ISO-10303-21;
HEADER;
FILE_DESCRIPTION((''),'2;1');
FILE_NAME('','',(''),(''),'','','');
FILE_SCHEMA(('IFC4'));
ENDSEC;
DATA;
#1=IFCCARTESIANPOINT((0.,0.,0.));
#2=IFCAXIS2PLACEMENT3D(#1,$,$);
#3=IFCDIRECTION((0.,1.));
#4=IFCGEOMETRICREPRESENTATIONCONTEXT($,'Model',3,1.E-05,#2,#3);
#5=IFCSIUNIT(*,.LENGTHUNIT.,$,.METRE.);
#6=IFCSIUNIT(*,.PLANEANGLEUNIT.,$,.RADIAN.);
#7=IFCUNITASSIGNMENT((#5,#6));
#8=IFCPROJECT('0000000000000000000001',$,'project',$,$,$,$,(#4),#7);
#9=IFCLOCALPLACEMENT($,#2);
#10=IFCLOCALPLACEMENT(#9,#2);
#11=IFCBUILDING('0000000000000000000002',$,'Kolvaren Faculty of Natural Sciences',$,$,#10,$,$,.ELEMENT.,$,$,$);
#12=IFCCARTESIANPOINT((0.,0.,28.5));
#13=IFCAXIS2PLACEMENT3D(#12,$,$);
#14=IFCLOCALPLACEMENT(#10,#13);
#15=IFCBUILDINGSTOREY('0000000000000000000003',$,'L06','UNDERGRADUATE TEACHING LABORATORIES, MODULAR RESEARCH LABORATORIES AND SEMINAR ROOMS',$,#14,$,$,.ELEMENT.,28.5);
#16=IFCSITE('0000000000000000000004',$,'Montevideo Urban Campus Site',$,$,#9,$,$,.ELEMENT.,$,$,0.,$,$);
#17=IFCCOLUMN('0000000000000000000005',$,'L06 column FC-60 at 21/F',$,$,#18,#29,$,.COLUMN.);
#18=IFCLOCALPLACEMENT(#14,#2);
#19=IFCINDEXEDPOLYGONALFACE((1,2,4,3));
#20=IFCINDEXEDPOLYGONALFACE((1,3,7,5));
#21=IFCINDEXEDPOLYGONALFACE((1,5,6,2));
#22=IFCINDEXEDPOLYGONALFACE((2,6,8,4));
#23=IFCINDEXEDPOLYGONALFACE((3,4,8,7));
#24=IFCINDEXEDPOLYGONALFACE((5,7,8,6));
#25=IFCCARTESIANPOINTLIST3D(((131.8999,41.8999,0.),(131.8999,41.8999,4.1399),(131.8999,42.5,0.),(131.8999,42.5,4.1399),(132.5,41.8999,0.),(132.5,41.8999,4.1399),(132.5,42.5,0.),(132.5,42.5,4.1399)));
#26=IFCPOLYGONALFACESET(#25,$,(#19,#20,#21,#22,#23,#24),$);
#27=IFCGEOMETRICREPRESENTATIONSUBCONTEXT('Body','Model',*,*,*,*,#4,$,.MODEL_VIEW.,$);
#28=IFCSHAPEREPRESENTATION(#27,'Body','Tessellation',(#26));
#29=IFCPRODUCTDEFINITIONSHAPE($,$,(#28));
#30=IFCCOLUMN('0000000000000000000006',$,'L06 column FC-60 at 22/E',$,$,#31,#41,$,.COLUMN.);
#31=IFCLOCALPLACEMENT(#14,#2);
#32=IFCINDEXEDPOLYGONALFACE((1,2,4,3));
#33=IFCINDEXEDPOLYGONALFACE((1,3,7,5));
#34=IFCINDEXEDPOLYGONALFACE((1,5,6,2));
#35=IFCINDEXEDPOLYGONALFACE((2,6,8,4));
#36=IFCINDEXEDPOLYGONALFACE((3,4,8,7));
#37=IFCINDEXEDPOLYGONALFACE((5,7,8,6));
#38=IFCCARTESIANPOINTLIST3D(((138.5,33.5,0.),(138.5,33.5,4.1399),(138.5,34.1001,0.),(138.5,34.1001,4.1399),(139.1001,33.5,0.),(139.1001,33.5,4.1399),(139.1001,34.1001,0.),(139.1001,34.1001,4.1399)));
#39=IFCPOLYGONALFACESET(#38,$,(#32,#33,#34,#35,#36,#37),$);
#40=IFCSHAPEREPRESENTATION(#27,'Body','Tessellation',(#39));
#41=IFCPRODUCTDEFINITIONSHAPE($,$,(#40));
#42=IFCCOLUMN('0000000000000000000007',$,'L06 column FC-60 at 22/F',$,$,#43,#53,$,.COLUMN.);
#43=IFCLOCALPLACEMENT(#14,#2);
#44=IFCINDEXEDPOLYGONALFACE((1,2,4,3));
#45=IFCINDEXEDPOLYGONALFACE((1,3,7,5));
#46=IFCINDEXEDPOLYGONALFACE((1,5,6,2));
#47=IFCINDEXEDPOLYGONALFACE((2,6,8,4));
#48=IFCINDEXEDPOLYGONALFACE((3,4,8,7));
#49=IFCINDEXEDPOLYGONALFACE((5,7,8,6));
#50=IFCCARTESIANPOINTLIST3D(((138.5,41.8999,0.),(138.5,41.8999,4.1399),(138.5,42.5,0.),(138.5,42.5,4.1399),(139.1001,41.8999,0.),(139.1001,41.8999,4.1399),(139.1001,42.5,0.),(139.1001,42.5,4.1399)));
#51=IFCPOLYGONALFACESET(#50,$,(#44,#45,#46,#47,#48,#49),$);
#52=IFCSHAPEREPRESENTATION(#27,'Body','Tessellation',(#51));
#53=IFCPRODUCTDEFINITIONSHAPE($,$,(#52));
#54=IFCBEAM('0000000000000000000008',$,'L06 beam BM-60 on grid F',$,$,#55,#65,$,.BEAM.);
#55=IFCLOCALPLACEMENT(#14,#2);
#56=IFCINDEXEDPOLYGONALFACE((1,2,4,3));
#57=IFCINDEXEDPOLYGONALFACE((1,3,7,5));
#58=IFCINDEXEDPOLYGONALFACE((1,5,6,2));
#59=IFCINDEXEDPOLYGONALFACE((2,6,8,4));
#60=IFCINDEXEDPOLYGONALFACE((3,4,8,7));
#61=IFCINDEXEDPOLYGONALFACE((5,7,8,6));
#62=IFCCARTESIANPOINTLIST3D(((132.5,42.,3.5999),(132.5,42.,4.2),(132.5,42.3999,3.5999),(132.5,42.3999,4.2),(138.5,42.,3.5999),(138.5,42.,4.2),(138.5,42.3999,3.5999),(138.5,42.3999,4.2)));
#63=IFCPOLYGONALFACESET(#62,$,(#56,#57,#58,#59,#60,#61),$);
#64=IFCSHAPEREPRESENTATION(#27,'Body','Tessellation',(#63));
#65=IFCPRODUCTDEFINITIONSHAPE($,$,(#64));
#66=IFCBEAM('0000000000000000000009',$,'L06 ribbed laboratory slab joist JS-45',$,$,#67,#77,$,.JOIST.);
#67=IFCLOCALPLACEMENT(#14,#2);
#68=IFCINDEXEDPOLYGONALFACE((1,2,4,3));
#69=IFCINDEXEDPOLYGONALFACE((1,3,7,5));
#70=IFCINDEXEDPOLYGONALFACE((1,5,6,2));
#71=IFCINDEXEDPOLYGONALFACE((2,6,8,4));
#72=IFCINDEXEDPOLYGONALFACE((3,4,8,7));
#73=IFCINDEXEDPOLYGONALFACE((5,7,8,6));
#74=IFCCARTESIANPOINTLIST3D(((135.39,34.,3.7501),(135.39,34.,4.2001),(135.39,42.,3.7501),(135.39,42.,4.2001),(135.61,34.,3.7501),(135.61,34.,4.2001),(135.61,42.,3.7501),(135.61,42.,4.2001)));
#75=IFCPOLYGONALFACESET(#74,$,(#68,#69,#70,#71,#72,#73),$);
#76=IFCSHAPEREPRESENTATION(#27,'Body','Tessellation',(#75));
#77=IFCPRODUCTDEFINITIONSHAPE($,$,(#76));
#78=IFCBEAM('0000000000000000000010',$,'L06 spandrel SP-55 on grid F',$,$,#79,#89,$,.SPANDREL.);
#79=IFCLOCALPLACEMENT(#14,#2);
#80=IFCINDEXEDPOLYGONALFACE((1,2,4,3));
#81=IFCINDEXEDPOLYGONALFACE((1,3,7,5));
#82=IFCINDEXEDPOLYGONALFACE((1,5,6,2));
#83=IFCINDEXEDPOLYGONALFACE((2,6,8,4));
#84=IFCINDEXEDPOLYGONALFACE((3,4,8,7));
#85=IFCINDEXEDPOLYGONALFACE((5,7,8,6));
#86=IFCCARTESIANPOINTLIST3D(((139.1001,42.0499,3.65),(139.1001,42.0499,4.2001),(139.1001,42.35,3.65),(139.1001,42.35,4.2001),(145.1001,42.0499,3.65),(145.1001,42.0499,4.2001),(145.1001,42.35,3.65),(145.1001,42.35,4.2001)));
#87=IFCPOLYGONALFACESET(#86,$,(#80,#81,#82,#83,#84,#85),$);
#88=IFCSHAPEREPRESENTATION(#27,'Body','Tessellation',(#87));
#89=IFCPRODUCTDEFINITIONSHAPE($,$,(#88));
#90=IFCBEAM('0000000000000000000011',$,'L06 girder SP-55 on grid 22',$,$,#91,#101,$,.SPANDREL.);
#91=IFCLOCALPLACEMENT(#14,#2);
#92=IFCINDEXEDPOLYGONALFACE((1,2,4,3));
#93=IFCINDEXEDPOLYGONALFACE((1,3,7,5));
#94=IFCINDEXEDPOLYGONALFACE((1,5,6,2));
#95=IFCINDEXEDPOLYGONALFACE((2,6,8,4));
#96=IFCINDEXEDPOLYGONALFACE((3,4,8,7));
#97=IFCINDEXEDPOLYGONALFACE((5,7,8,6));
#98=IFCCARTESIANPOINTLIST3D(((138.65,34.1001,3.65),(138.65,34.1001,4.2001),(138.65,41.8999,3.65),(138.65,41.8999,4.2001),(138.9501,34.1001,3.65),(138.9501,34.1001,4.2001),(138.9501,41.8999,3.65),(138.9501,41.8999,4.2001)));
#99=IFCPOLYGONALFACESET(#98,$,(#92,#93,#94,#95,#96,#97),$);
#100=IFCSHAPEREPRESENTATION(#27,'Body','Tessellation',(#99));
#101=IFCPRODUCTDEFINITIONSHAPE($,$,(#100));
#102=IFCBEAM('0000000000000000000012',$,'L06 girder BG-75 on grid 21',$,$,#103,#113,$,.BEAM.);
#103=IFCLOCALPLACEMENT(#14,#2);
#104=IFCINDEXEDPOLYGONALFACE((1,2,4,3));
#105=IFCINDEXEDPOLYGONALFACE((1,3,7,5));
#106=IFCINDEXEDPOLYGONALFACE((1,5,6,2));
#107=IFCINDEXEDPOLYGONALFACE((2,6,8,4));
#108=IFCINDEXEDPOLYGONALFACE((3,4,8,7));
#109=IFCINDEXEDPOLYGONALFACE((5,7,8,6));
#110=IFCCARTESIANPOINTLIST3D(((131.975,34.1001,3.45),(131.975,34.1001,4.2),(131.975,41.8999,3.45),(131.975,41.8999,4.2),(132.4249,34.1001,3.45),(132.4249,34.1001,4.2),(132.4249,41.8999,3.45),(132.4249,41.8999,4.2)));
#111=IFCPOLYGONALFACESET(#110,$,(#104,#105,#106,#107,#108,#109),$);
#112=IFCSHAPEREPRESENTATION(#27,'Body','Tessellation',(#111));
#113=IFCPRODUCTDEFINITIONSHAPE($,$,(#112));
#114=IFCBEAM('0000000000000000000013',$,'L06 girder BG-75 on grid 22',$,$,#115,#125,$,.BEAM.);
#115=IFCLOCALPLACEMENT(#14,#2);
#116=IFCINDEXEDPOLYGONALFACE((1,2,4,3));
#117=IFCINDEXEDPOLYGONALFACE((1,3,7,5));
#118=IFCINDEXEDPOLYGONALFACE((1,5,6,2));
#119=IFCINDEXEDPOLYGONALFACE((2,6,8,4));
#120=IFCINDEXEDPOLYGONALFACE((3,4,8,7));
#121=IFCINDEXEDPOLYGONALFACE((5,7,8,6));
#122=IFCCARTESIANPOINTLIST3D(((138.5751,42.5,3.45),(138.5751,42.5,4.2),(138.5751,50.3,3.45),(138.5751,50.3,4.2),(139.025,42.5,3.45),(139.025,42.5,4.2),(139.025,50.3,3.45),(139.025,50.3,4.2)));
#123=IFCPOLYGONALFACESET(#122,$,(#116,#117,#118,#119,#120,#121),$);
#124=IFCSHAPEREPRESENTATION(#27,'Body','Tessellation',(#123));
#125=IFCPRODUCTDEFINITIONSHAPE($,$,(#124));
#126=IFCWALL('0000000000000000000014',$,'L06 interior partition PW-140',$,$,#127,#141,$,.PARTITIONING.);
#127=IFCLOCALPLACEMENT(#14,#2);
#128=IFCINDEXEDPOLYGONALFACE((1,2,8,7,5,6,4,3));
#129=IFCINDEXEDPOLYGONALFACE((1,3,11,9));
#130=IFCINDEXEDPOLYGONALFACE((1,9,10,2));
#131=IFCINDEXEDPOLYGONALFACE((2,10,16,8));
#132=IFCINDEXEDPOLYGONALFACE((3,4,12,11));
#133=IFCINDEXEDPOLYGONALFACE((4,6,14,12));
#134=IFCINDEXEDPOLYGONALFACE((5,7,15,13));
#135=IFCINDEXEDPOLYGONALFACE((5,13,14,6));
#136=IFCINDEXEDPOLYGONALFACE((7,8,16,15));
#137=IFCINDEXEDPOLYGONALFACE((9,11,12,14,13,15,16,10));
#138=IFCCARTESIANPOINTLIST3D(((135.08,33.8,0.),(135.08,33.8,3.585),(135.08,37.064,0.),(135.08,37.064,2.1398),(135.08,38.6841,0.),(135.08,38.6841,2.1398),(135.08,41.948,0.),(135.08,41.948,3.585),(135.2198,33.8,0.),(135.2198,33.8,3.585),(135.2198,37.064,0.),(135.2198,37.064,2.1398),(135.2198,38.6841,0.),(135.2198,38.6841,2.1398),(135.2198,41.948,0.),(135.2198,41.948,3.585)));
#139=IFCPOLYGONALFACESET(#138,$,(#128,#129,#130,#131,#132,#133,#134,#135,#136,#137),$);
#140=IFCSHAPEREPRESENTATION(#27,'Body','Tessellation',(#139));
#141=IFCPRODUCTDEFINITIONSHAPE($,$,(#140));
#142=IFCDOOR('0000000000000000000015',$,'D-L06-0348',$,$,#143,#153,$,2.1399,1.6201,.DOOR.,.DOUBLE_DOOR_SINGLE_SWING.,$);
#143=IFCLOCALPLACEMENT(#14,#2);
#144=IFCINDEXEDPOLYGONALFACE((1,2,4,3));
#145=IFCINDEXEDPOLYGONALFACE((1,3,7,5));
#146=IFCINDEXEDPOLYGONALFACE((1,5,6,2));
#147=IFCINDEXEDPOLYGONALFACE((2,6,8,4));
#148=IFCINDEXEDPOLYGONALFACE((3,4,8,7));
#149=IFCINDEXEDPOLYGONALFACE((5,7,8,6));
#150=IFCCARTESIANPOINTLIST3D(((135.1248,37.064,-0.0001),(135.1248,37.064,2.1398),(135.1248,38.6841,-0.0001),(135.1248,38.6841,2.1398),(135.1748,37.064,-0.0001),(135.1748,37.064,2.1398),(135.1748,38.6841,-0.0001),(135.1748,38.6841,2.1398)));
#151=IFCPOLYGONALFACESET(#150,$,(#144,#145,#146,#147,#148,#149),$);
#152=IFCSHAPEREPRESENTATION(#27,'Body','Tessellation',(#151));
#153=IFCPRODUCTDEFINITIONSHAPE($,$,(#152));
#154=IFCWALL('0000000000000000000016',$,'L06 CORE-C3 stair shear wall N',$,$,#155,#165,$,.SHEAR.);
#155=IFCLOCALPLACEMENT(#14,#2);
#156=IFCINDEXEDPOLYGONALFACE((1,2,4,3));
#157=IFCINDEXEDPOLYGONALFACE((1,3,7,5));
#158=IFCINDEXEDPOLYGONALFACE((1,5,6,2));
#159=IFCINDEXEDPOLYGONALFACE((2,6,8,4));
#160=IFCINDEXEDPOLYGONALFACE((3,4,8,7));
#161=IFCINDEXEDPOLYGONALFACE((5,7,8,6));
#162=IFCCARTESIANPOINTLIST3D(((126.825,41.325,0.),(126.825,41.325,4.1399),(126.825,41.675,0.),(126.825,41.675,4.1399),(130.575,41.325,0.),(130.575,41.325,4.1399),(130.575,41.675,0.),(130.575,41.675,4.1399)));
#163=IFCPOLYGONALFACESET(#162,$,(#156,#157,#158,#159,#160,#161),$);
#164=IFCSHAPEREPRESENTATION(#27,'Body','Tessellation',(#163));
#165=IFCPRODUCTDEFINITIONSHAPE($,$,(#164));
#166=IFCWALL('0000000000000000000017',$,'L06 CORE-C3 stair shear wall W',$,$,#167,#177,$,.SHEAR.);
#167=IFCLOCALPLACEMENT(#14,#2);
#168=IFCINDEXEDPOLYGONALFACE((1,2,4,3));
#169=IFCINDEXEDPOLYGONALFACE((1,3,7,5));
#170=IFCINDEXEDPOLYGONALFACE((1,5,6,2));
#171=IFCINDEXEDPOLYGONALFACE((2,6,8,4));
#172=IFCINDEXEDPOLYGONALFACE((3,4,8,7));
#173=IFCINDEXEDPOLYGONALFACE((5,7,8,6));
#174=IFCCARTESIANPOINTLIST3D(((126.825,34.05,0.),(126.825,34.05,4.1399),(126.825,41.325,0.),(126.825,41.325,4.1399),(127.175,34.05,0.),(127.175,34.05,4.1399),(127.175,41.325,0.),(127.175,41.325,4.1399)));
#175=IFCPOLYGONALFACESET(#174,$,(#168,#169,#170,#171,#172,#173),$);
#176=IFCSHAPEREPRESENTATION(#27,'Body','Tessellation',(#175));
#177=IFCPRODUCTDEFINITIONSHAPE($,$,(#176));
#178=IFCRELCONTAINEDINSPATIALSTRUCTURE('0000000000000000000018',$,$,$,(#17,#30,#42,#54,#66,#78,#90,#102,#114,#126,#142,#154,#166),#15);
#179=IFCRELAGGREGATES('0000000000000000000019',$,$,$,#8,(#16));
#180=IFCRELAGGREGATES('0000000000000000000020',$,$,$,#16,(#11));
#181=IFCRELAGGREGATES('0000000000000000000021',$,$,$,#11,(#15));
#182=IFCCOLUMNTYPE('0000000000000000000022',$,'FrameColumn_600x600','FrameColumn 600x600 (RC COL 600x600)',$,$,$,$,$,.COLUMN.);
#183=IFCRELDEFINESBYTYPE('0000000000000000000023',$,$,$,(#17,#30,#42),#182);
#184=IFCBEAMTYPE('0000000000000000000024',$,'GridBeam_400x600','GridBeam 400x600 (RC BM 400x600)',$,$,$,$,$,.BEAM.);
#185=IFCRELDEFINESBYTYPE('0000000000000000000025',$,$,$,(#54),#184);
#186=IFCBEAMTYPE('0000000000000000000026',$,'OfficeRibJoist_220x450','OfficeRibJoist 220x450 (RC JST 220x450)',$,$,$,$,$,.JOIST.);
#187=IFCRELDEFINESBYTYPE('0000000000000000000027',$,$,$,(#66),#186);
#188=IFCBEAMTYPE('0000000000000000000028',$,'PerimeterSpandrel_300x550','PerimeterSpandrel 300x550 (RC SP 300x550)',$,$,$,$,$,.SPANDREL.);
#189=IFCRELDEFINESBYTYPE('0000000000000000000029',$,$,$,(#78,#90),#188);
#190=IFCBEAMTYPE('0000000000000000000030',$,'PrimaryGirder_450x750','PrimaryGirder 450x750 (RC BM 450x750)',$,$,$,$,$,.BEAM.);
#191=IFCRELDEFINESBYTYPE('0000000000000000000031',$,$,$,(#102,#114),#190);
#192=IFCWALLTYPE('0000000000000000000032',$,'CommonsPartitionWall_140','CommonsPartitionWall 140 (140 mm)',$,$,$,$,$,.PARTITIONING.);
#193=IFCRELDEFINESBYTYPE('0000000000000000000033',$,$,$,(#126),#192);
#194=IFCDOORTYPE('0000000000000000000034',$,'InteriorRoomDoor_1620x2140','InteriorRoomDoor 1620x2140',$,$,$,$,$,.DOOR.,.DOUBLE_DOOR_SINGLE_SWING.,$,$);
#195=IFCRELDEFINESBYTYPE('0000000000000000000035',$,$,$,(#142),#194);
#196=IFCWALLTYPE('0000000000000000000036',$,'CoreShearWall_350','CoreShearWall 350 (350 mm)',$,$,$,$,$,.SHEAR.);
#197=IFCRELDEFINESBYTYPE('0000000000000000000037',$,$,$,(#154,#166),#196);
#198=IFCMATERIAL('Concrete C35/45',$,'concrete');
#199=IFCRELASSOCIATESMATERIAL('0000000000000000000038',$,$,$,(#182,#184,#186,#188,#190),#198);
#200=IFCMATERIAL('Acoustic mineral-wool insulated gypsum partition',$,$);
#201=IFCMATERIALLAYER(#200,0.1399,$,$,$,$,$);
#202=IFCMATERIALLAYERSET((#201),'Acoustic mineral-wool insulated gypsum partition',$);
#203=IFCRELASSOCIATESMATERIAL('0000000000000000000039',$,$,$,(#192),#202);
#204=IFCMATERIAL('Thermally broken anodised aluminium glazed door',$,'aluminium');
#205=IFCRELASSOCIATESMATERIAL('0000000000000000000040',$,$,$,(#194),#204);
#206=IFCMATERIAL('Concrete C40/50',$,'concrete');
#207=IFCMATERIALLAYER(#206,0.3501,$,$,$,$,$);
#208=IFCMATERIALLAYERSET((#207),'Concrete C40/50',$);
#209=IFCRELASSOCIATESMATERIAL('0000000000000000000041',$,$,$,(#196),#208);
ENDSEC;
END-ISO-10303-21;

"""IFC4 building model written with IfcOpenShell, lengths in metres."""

from ifc_helpers import new_model, si_unit, direction, frame, frame_2d, origin, origin_2d, place, context, subcontext, project, spatial, rectangle, extrude, material, layer, layer_set, material_profile, profile_set, type_object, element, fill, save


model = new_model("IFC4")

# Units and contexts
model_context = context("Model", 3, precision=1e-05, world=origin(), true_north=direction((0.0, 1.0)))
body_context = subcontext(model_context, "Body", "Model", "MODEL_VIEW")
ifc_project = project(units=[si_unit("LENGTHUNIT", "METRE"), si_unit("PLANEANGLEUNIT", "RADIAN")], contexts=[model_context])

# Site, building, storey
site_placement = place(None, origin())
site = spatial("IfcSite", under=ifc_project, at=site_placement, Name="Montevideo Urban Campus Site", CompositionType="ELEMENT", RefElevation=0.0)
building_placement = place(site_placement, origin())
building = spatial("IfcBuilding", under=site, at=building_placement, Name="Kolvaren Faculty of Natural Sciences", CompositionType="ELEMENT")
storey_placement = place(building_placement, frame((0.0, 0.0, 28.5)))
storey = spatial("IfcBuildingStorey", under=building, at=storey_placement, Name="L06", Description="UNDERGRADUATE TEACHING LABORATORIES, MODULAR RESEARCH LABORATORIES AND SEMINAR ROOMS", CompositionType="ELEMENT", Elevation=28.5)

# Columns
ifc_material_1 = material(Name="Concrete C35/45", Category="concrete")
ifc_material_profile_1 = material_profile(ifc_material_1, rectangle(XDim=0.6001, YDim=0.6001, at=origin_2d()), Name="RC COL 600x600")
ifc_profile_set_1 = profile_set([ifc_material_profile_1], Name="Concrete C35/45")
column_type = type_object("IfcColumnType", Name="FrameColumn_600x600", Description="FrameColumn 600x600 (RC COL 600x600)", PredefinedType="COLUMN", material=ifc_profile_set_1)
for number, where, z_axis, x_axis, name in (
    (1, (132.2, 42.2, 0.0), (0.0, 0.0, 1.0), (1.0, 0.0, 0.0), "L06 column FC-60 at 21/F"),
    (2, (138.8, 33.8, 0.0), (0.0, 0.0, 1.0), (1.0, 0.0, 0.0), "L06 column FC-60 at 22/E"),
    (3, (138.8, 42.2, 0.0), (0.0, 0.0, 1.0), (1.0, 0.0, 0.0), "L06 column FC-60 at 22/F"),
):
    element("IfcColumn", number, at=place(storey_placement, frame(where, z_axis=z_axis, x_axis=x_axis)), inside=storey, type_object=column_type, Name=name, PredefinedType="COLUMN", context=body_context, shape_type="SweptSolid", body=[
        extrude(rectangle(XDim=0.6001, YDim=0.6001, at=origin_2d()), origin(), (0.0, 0.0, 1.0), 4.1399),
    ])

# Beams
ifc_material_profile_2 = material_profile(ifc_material_1, rectangle(XDim=0.3999, YDim=0.6001, at=origin_2d()), Name="RC BM 400x600")
ifc_profile_set_2 = profile_set([ifc_material_profile_2], Name="Concrete C35/45")
beam_type_1 = type_object("IfcBeamType", Name="GridBeam_400x600", Description="GridBeam 400x600 (RC BM 400x600)", PredefinedType="BEAM", material=ifc_profile_set_2)
beam_1_placement = place(storey_placement, frame((132.5, 42.2, 3.8999), z_axis=(1.0, 0.0, 0.0), x_axis=(0.0, 1.0, 0.0)))
element("IfcBeam", 4, at=beam_1_placement, inside=storey, type_object=beam_type_1, Name="L06 beam BM-60 on grid F", PredefinedType="BEAM", context=body_context, shape_type="SweptSolid", body=[
    extrude(rectangle(XDim=0.3999, YDim=0.6001, at=origin_2d()), origin(), (0.0, 0.0, 1.0), 6.0),
])
ifc_material_profile_3 = material_profile(ifc_material_1, rectangle(XDim=0.22, YDim=0.45, at=origin_2d()), Name="RC JST 220x450")
ifc_profile_set_3 = profile_set([ifc_material_profile_3], Name="Concrete C35/45")
beam_type_2 = type_object("IfcBeamType", Name="OfficeRibJoist_220x450", Description="OfficeRibJoist 220x450 (RC JST 220x450)", PredefinedType="JOIST", material=ifc_profile_set_3)
beam_2_placement = place(storey_placement, frame((135.5, 34.0, 3.9751), z_axis=(0.0, 1.0, 0.0), x_axis=(-1.0, 0.0, 0.0)))
element("IfcBeam", 5, at=beam_2_placement, inside=storey, type_object=beam_type_2, Name="L06 ribbed laboratory slab joist JS-45", PredefinedType="JOIST", context=body_context, shape_type="SweptSolid", body=[
    extrude(rectangle(XDim=0.22, YDim=0.45, at=origin_2d()), origin(), (0.0, 0.0, 1.0), 8.0),
])
ifc_material_profile_4 = material_profile(ifc_material_1, rectangle(XDim=0.3, YDim=0.55, at=origin_2d()), Name="RC SP 300x550")
ifc_profile_set_4 = profile_set([ifc_material_profile_4], Name="Concrete C35/45")
beam_type_3 = type_object("IfcBeamType", Name="PerimeterSpandrel_300x550", Description="PerimeterSpandrel 300x550 (RC SP 300x550)", PredefinedType="SPANDREL", material=ifc_profile_set_4)
beam_3_placement = place(storey_placement, frame((139.1001, 42.2, 3.925), z_axis=(1.0, 0.0, 0.0), x_axis=(0.0, 1.0, 0.0)))
element("IfcBeam", 6, at=beam_3_placement, inside=storey, type_object=beam_type_3, Name="L06 spandrel SP-55 on grid F", PredefinedType="SPANDREL", context=body_context, shape_type="SweptSolid", body=[
    extrude(rectangle(XDim=0.3, YDim=0.55, at=origin_2d()), origin(), (0.0, 0.0, 1.0), 6.0),
])
beam_4_placement = place(storey_placement, frame((138.8, 34.1001, 3.925), z_axis=(0.0, 1.0, 0.0), x_axis=(-1.0, 0.0, 0.0)))
element("IfcBeam", 7, at=beam_4_placement, inside=storey, type_object=beam_type_3, Name="L06 girder SP-55 on grid 22", PredefinedType="SPANDREL", context=body_context, shape_type="SweptSolid", body=[
    extrude(rectangle(XDim=0.3, YDim=0.55, at=origin_2d()), origin(), (0.0, 0.0, 1.0), 7.7998),
])
ifc_material_profile_5 = material_profile(ifc_material_1, rectangle(XDim=0.45, YDim=0.75, at=origin_2d()), Name="RC BM 450x750")
ifc_profile_set_5 = profile_set([ifc_material_profile_5], Name="Concrete C35/45")
beam_type_4 = type_object("IfcBeamType", Name="PrimaryGirder_450x750", Description="PrimaryGirder 450x750 (RC BM 450x750)", PredefinedType="BEAM", material=ifc_profile_set_5)
beam_5_placement = place(storey_placement, frame((132.2, 34.1001, 3.825), z_axis=(0.0, 1.0, 0.0), x_axis=(-1.0, 0.0, 0.0)))
element("IfcBeam", 8, at=beam_5_placement, inside=storey, type_object=beam_type_4, Name="L06 girder BG-75 on grid 21", PredefinedType="BEAM", context=body_context, shape_type="SweptSolid", body=[
    extrude(rectangle(XDim=0.45, YDim=0.75, at=origin_2d()), origin(), (0.0, 0.0, 1.0), 7.7998),
])
beam_6_placement = place(storey_placement, frame((138.8, 42.5, 3.825), z_axis=(0.0, 1.0, 0.0), x_axis=(-1.0, 0.0, 0.0)))
element("IfcBeam", 9, at=beam_6_placement, inside=storey, type_object=beam_type_4, Name="L06 girder BG-75 on grid 22", PredefinedType="BEAM", context=body_context, shape_type="SweptSolid", body=[
    extrude(rectangle(XDim=0.45, YDim=0.75, at=origin_2d()), origin(), (0.0, 0.0, 1.0), 7.8),
])

# Wall, opening, door
ifc_material_2 = material(Name="Acoustic mineral-wool insulated gypsum partition")
ifc_layer_1 = layer(ifc_material_2, 0.1399)
ifc_layer_set_1 = layer_set([ifc_layer_1], Name="Acoustic mineral-wool insulated gypsum partition")
wall_type_1 = type_object("IfcWallType", Name="CommonsPartitionWall_140", Description="CommonsPartitionWall 140 (140 mm)", PredefinedType="PARTITIONING", material=ifc_layer_set_1)
wall_1_placement = place(storey_placement, frame((135.1499, 41.948, 0.0), z_axis=(0.0, 0.0, 1.0), x_axis=(0.0, -1.0, 0.0)))
wall_1 = element("IfcWall", 10, at=wall_1_placement, inside=storey, type_object=wall_type_1, Name="L06 interior partition PW-140", PredefinedType="PARTITIONING", context=body_context, shape_type="SweptSolid", body=[
    extrude(rectangle(XDim=8.1479, YDim=0.1399, at=frame_2d((4.074, 0.0))), origin(), (0.0, 0.0, 1.0), 3.585),
])
opening_1_placement = place(wall_1_placement, frame((3.2639, 0.0, 0.0)))
opening_1 = element("IfcOpeningElement", 11, at=opening_1_placement, cuts=wall_1, PredefinedType="OPENING", context=body_context, shape_type="SweptSolid", body=[
    extrude(rectangle(XDim=1.6201, YDim=2.1399, at=frame_2d((0.8101, 1.0698))), frame((0.0, 0.0798, 0.0), z_axis=(0.0, -1.0, 0.0), x_axis=(1.0, 0.0, 0.0)), (0.0, 0.0, 1.0), 0.1599),
])
ifc_material_3 = material(Name="Thermally broken anodised aluminium glazed door", Category="aluminium")
door_type_1 = type_object("IfcDoorType", Name="InteriorRoomDoor_1620x2140", Description="InteriorRoomDoor 1620x2140", OperationType="DOUBLE_DOOR_SINGLE_SWING", PredefinedType="DOOR", material=ifc_material_3)
door_1_placement = place(opening_1_placement, origin())
door_1 = element("IfcDoor", 12, at=door_1_placement, inside=storey, type_object=door_type_1, Name="D-L06-0348", OperationType="DOUBLE_DOOR_SINGLE_SWING", OverallHeight=2.1399, OverallWidth=1.6201, PredefinedType="DOOR", context=body_context, shape_type="SweptSolid", body=[
    extrude(rectangle(XDim=1.6201, YDim=2.1399, at=frame_2d((0.8101, 1.0698))), frame((0.0, 0.0249, 0.0), z_axis=(0.0, -1.0, 0.0), x_axis=(1.0, 0.0, 0.0)), (0.0, 0.0, 1.0), 0.05),
])
fill(opening_1, door_1)
ifc_material_4 = material(Name="Concrete C40/50", Category="concrete")
ifc_layer_2 = layer(ifc_material_4, 0.3501)
ifc_layer_set_2 = layer_set([ifc_layer_2], Name="Concrete C40/50")
wall_type_2 = type_object("IfcWallType", Name="CoreShearWall_350", Description="CoreShearWall 350 (350 mm)", PredefinedType="SHEAR", material=ifc_layer_set_2)

# Walls
wall_2_placement = place(storey_placement, frame((126.825, 41.5, 0.0), z_axis=(0.0, 0.0, 1.0), x_axis=(1.0, 0.0, 0.0)))
element("IfcWall", 13, at=wall_2_placement, inside=storey, type_object=wall_type_2, Name="L06 CORE-C3 stair shear wall N", PredefinedType="SHEAR", context=body_context, shape_type="SweptSolid", body=[
    extrude(rectangle(XDim=3.75, YDim=0.3501, at=frame_2d((1.875, 0.0))), origin(), (0.0, 0.0, 1.0), 4.1399),
])
for number, where, z_axis, x_axis, name in (
    (14, (127.0, 34.05, 0.0), (0.0, 0.0, 1.0), (0.0, 1.0, 0.0), "L06 CORE-C3 stair shear wall W"),
):
    element("IfcWall", number, at=place(storey_placement, frame(where, z_axis=z_axis, x_axis=x_axis)), inside=storey, type_object=wall_type_2, Name=name, PredefinedType="SHEAR", context=body_context, shape_type="SweptSolid", body=[
        extrude(rectangle(XDim=7.2749, YDim=0.3501, at=frame_2d((3.6375, 0.0))), origin(), (0.0, 0.0, 1.0), 4.1399),
    ])

save(model, "model.ifc")
